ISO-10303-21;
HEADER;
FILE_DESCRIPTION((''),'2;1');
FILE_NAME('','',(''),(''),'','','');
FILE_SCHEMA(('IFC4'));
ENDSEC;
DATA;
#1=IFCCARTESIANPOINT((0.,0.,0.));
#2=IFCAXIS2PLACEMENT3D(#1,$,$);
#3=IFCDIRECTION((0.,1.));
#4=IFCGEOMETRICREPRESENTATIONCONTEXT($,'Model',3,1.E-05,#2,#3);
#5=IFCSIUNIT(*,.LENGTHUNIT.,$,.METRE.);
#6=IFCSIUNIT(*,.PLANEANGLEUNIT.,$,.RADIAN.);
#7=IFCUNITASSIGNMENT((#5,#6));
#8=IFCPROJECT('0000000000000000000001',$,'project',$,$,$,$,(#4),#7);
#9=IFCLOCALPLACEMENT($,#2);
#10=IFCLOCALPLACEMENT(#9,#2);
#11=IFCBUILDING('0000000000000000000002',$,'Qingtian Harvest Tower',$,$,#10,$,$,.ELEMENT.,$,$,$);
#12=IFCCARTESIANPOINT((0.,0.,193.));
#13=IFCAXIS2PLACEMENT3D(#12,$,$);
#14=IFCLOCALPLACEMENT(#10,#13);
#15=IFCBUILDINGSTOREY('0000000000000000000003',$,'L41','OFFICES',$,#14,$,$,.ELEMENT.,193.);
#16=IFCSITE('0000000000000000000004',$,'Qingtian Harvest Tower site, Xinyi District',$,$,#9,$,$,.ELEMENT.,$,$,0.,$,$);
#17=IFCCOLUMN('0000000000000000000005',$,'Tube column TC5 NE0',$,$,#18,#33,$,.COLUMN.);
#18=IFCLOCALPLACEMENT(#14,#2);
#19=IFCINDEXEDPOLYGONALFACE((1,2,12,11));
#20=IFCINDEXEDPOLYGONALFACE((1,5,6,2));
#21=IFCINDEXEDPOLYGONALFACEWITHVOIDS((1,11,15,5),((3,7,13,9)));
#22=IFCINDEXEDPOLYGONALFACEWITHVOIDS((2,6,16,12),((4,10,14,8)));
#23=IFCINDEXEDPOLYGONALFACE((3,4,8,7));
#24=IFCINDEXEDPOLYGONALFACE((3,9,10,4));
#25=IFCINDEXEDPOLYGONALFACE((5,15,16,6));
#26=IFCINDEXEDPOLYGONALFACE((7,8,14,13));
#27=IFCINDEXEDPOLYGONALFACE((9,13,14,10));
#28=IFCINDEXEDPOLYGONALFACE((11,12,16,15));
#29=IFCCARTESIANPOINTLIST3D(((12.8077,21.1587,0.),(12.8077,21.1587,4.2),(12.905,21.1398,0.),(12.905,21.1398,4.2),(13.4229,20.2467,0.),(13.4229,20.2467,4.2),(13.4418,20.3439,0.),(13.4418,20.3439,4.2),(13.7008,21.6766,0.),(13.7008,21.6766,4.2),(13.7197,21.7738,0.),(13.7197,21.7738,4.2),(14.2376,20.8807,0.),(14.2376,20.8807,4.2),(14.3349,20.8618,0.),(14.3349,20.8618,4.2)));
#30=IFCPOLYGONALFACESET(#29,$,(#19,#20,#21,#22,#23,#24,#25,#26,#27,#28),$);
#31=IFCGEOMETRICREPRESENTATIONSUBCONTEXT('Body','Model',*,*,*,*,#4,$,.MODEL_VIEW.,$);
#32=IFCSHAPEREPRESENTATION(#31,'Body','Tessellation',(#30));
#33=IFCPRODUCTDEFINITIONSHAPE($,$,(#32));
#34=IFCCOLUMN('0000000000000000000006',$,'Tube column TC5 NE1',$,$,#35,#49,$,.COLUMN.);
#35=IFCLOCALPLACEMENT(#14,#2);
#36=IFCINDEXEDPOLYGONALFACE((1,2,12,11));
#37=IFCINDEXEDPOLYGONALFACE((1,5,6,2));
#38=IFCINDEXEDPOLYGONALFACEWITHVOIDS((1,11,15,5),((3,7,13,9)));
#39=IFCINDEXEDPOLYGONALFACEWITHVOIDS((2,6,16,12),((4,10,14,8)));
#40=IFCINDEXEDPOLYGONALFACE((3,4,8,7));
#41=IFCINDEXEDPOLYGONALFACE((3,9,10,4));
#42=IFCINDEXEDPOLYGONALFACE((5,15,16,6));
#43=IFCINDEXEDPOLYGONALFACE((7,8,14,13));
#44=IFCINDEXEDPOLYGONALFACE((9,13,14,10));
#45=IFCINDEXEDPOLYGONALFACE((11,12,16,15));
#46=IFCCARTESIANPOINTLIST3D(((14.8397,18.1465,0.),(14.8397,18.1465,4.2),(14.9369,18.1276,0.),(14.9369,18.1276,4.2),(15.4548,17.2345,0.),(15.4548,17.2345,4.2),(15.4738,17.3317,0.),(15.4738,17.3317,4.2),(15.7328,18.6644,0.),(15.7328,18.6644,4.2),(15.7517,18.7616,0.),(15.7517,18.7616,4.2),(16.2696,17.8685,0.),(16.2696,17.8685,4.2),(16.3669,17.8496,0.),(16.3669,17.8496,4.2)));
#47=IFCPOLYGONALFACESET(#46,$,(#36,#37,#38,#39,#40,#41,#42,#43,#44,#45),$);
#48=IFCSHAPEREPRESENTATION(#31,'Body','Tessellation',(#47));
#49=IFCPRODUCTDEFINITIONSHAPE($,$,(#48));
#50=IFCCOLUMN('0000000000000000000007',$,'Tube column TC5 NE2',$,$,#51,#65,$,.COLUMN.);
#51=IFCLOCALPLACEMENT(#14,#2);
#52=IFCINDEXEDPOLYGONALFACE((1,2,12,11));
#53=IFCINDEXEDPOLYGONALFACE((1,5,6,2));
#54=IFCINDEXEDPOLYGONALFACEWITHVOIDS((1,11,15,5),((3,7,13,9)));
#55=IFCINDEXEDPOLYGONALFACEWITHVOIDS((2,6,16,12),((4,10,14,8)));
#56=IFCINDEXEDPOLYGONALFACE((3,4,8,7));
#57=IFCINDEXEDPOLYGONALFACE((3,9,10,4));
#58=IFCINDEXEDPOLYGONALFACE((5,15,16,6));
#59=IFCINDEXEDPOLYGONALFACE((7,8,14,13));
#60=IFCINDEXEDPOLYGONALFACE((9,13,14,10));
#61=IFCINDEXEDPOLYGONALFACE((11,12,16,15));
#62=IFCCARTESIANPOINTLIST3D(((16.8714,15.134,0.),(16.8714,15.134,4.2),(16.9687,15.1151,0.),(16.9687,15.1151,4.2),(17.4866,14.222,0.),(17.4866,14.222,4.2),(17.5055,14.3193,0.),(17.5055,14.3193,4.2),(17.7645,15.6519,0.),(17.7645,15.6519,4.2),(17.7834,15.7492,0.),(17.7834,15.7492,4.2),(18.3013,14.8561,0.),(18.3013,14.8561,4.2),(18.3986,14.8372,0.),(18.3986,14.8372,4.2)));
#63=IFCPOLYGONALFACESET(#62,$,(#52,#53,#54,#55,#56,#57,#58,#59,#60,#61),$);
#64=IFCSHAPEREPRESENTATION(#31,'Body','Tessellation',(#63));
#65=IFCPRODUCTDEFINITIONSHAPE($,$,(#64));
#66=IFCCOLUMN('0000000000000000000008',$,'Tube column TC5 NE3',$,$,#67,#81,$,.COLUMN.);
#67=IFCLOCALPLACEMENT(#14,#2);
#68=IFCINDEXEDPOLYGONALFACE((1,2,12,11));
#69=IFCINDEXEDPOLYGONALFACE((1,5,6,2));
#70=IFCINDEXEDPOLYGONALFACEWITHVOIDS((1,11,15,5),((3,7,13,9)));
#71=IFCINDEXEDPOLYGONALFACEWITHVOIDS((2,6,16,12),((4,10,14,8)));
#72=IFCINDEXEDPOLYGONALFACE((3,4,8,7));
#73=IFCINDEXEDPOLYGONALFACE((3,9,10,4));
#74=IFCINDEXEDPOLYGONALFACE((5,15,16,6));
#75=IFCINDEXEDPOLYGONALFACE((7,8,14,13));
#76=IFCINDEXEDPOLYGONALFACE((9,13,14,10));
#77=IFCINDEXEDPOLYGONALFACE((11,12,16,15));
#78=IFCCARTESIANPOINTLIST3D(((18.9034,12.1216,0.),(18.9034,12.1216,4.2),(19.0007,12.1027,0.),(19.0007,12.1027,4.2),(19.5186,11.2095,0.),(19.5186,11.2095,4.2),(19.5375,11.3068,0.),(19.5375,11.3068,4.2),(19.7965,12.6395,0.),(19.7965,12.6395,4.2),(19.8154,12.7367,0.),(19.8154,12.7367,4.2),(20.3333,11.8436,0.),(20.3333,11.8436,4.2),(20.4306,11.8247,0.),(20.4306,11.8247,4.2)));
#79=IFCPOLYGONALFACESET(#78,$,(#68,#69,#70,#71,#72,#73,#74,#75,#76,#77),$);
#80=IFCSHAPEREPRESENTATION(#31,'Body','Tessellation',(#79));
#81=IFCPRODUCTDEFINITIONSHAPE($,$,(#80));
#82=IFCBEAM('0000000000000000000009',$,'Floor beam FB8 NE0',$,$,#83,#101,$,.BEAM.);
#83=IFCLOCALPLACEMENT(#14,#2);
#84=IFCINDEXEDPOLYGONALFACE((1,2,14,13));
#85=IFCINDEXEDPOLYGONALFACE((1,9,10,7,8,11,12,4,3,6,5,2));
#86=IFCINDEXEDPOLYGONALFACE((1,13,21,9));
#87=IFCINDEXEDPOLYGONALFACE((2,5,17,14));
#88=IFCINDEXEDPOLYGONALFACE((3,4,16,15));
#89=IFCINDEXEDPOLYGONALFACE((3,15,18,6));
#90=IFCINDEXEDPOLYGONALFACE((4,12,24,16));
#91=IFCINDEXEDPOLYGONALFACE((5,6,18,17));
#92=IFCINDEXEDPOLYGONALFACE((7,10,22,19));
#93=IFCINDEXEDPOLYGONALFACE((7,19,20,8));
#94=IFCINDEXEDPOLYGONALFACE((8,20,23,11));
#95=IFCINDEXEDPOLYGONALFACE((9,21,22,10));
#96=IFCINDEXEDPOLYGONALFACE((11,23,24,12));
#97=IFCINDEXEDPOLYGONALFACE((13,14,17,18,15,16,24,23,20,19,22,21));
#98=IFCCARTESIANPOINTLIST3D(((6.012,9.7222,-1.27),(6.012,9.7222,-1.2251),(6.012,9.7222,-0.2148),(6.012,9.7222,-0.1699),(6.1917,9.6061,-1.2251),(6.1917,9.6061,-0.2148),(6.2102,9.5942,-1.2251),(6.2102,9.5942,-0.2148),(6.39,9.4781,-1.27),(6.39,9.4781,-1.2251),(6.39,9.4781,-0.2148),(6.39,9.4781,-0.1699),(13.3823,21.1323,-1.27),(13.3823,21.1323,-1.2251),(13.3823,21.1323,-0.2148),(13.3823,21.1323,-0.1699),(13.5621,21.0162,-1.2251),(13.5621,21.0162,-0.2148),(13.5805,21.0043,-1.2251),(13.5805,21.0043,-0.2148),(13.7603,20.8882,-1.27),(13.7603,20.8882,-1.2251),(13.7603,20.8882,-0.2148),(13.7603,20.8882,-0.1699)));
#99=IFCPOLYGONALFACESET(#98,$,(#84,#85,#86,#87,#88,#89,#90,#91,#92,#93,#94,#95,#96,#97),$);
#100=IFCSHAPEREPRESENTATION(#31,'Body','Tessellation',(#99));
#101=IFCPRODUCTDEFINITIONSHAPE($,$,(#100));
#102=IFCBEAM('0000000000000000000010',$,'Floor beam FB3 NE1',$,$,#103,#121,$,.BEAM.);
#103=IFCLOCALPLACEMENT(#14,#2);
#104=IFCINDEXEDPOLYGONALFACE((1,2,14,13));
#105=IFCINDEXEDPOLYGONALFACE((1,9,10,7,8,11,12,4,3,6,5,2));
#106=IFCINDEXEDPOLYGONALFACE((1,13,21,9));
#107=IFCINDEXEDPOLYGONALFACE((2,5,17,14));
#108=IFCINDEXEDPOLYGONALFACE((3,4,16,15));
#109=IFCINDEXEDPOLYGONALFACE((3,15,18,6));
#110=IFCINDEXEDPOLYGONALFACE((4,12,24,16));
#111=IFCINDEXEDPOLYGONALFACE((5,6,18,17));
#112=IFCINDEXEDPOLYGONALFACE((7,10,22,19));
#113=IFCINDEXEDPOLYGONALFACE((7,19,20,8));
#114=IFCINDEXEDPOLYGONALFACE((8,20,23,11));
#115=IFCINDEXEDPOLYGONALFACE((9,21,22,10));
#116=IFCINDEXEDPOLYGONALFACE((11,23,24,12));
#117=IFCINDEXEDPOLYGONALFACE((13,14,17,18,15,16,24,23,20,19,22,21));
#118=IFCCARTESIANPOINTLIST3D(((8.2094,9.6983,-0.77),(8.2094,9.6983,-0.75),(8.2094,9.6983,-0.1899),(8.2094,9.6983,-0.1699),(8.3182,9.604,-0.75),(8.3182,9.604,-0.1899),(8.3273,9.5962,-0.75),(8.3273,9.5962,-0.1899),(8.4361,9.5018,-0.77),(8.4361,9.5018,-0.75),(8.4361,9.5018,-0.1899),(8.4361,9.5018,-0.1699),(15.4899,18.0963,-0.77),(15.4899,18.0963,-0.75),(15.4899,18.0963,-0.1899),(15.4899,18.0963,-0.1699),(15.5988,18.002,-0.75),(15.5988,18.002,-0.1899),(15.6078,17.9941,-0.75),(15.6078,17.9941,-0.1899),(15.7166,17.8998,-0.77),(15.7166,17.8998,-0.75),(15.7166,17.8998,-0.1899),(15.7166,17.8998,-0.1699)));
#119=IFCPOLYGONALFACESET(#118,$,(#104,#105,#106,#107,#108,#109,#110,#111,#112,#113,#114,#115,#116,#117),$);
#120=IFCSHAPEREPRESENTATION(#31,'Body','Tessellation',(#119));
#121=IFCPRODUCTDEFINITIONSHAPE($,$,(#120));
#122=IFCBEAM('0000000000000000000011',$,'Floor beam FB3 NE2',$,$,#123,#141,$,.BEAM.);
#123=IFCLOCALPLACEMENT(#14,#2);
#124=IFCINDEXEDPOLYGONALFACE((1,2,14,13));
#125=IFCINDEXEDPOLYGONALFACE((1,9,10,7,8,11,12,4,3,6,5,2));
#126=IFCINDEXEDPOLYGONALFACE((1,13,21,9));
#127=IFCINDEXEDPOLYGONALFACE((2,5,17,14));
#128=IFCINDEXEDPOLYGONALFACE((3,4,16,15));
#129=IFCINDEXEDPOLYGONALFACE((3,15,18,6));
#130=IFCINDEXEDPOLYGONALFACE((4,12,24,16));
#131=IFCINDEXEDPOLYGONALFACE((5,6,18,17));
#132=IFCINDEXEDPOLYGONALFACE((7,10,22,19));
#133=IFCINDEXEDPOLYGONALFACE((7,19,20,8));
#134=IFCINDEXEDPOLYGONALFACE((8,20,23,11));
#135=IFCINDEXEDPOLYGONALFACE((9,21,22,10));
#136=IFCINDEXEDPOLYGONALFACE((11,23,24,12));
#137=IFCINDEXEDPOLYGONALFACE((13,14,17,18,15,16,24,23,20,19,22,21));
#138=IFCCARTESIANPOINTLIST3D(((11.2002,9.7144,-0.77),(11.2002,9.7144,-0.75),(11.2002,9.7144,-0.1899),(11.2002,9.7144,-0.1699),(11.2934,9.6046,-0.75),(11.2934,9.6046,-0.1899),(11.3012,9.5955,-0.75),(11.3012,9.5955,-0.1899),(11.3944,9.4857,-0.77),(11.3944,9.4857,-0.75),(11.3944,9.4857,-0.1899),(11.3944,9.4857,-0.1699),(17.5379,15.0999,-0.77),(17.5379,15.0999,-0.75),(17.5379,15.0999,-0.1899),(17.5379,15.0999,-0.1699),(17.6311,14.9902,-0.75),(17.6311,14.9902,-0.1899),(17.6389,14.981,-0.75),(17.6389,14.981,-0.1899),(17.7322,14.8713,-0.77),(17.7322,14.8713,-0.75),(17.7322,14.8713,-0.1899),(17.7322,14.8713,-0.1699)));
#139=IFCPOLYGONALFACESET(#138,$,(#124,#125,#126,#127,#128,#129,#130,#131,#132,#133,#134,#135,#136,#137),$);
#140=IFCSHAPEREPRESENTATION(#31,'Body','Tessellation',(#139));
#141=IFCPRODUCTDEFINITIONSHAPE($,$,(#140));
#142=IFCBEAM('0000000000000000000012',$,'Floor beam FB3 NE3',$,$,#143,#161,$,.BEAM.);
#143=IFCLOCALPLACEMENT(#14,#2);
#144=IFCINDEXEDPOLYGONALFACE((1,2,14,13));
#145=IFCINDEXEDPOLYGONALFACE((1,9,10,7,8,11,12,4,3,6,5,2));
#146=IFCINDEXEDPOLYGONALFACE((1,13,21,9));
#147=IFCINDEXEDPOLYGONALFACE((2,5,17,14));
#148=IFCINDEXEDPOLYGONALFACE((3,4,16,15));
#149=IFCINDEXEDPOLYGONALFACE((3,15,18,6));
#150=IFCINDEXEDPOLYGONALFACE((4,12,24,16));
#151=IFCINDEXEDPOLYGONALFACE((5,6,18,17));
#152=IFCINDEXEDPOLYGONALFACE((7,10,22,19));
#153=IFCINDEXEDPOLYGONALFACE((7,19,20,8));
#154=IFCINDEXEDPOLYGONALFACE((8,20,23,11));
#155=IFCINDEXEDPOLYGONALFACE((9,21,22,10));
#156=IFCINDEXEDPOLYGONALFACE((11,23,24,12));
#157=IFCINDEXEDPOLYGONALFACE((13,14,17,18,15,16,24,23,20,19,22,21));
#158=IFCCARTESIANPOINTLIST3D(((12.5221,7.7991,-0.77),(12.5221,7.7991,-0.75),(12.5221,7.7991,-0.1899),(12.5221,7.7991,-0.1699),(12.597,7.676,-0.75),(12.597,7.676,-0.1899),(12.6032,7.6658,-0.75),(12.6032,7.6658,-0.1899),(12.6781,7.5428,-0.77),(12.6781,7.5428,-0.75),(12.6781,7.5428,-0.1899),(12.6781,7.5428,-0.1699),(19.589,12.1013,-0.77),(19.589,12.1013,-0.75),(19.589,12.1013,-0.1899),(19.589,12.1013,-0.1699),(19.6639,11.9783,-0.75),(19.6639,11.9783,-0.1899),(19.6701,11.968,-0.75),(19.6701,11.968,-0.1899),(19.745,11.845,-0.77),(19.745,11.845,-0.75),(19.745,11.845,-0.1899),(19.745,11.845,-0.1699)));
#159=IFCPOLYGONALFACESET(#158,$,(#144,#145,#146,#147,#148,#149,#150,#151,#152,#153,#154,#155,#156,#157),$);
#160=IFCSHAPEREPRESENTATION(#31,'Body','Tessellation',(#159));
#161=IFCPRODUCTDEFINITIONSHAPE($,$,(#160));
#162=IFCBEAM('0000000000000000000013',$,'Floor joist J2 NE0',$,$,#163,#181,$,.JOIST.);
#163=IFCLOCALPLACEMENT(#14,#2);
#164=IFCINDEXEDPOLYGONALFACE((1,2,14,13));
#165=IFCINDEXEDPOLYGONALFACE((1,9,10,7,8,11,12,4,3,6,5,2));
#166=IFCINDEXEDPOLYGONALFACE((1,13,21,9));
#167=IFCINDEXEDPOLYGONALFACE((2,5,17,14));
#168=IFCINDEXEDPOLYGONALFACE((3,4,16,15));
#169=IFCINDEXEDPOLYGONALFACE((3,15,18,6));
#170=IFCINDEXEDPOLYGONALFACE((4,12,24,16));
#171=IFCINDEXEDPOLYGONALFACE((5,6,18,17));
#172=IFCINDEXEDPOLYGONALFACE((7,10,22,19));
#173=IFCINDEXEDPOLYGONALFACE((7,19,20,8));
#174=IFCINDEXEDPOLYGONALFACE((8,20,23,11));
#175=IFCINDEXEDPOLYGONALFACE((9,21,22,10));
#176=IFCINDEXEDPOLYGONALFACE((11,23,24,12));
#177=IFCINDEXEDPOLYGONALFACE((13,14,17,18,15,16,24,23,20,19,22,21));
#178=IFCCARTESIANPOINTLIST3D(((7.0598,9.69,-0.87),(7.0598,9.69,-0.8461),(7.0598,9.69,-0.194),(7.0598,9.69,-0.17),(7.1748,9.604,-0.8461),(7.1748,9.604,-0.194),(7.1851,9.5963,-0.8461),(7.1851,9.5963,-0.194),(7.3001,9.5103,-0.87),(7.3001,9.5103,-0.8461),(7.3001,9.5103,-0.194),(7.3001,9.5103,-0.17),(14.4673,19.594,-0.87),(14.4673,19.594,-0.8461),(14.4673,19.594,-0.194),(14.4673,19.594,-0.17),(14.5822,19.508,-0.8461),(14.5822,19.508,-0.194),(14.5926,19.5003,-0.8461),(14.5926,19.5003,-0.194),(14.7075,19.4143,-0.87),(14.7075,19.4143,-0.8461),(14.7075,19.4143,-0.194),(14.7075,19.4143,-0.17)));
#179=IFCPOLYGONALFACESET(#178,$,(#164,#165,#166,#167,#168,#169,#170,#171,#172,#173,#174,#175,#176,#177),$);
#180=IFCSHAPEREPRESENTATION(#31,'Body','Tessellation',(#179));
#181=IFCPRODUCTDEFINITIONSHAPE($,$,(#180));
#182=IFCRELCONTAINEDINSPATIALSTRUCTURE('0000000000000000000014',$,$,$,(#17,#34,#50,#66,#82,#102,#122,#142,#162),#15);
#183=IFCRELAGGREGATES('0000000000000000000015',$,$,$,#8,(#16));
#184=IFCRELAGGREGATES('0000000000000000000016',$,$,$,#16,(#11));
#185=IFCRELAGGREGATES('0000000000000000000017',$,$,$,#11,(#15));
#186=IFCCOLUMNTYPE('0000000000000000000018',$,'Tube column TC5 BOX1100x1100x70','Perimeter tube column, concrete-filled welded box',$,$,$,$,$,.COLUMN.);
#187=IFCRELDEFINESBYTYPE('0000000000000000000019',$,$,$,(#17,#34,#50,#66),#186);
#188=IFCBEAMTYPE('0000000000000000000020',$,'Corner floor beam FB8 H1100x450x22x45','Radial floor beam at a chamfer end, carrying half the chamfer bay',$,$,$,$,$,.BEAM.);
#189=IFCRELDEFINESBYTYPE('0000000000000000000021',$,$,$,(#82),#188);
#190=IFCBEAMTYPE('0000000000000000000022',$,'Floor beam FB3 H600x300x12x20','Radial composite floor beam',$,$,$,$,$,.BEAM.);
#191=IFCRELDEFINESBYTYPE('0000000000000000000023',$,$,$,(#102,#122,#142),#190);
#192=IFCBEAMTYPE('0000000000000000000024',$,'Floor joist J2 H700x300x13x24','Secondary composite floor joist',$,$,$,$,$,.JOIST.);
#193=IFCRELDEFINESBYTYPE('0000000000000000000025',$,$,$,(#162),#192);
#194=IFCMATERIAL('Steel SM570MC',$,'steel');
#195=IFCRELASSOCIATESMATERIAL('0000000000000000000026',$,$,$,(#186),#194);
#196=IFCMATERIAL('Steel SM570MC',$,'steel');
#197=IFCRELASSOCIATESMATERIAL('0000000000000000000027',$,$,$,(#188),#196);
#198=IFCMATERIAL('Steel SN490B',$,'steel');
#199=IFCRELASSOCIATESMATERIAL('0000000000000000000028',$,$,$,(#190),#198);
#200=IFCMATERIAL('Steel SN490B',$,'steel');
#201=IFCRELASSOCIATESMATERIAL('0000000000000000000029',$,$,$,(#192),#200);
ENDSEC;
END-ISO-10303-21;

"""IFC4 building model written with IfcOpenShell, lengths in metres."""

from ifc_helpers import new_model, si_unit, direction, frame, origin, origin_2d, place, context, subcontext, project, spatial, hollow_rectangle, i_section, extrude, material, material_profile, profile_set, type_object, element, save


model = new_model("IFC4")

# Units and contexts
model_context = context("Model", 3, precision=1e-05, world=origin(), true_north=direction((0.0, 1.0)))
body_context = subcontext(model_context, "Body", "Model", "MODEL_VIEW")
ifc_project = project(units=[si_unit("LENGTHUNIT", "METRE"), si_unit("PLANEANGLEUNIT", "RADIAN")], contexts=[model_context])

# Site, building, storey
site_placement = place(None, origin())
site = spatial("IfcSite", under=ifc_project, at=site_placement, Name="Qingtian Harvest Tower site, Xinyi District", CompositionType="ELEMENT", RefElevation=0.0)
building_placement = place(site_placement, origin())
building = spatial("IfcBuilding", under=site, at=building_placement, Name="Qingtian Harvest Tower", CompositionType="ELEMENT")
storey_placement = place(building_placement, frame((0.0, 0.0, 193.0)))
storey = spatial("IfcBuildingStorey", under=building, at=storey_placement, Name="L41", Description="OFFICES", CompositionType="ELEMENT", Elevation=193.0)

# Columns
ifc_material_1 = material(Name="Steel SM570MC", Category="steel")
ifc_material_profile_1 = material_profile(ifc_material_1, hollow_rectangle(XDim=1.1001, YDim=1.1001, WallThickness=0.0701, at=origin_2d()), Name="BOX1100x1100x70")
ifc_profile_set_1 = profile_set([ifc_material_profile_1], Name="Steel SM570MC")
column_type = type_object("IfcColumnType", Name="Tube column TC5 BOX1100x1100x70", Description="Perimeter tube column, concrete-filled welded box", PredefinedType="COLUMN", material=ifc_profile_set_1)
for number, where, z_axis, x_axis, name in (
    (1, (13.5713, 21.0103, 0.0), (0.0, 0.0, 1.0), (-0.559193, 0.829038, 0.0), "Tube column TC5 NE0"),
    (2, (15.6033, 17.998, 0.0), (0.0, 0.0, 1.0), (-0.559193, 0.829038, 0.0), "Tube column TC5 NE1"),
    (3, (17.635, 14.9856, 0.0), (0.0, 0.0, 1.0), (-0.559193, 0.829038, 0.0), "Tube column TC5 NE2"),
    (4, (19.667, 11.9731, 0.0), (0.0, 0.0, 1.0), (-0.559193, 0.829038, 0.0), "Tube column TC5 NE3"),
):
    element("IfcColumn", number, at=place(storey_placement, frame(where, z_axis=z_axis, x_axis=x_axis)), inside=storey, type_object=column_type, Name=name, PredefinedType="COLUMN", context=body_context, shape_type="SweptSolid", body=[
        extrude(hollow_rectangle(XDim=1.1001, YDim=1.1001, WallThickness=0.0701, at=origin_2d()), origin(), (0.0, 0.0, 1.0), 4.2),
    ])

# Beams
ifc_material_2 = material(Name="Steel SM570MC", Category="steel")
ifc_material_profile_2 = material_profile(ifc_material_2, i_section(OverallWidth=0.45, OverallDepth=1.1001, WebThickness=0.022, FlangeThickness=0.0449, at=origin_2d()), Name="H1100x450x22x45")
ifc_profile_set_2 = profile_set([ifc_material_profile_2], Name="Steel SM570MC")
beam_type_1 = type_object("IfcBeamType", Name="Corner floor beam FB8 H1100x450x22x45", Description="Radial floor beam at a chamfer end, carrying half the chamfer bay", PredefinedType="BEAM", material=ifc_profile_set_2)
beam_1_placement = place(storey_placement, frame((13.5713, 21.0103, -0.72), z_axis=(-0.542593, -0.839996, 0.0), x_axis=(0.839996, -0.542593, 0.0)))
element("IfcBeam", 5, at=beam_1_placement, inside=storey, type_object=beam_type_1, Name="Floor beam FB8 NE0", PredefinedType="BEAM", context=body_context, shape_type="SweptSolid", body=[
    extrude(i_section(OverallWidth=0.45, OverallDepth=1.1001, WebThickness=0.022, FlangeThickness=0.0449, at=origin_2d()), origin(), (0.0, 0.0, 1.0), 13.5835),
])
ifc_material_3 = material(Name="Steel SN490B", Category="steel")
ifc_material_profile_3 = material_profile(ifc_material_3, i_section(OverallWidth=0.3, OverallDepth=0.6001, WebThickness=0.012, FlangeThickness=0.02, at=origin_2d()), Name="H600x300x12x20")
ifc_profile_set_3 = profile_set([ifc_material_profile_3], Name="Steel SN490B")
beam_type_2 = type_object("IfcBeamType", Name="Floor beam FB3 H600x300x12x20", Description="Radial composite floor beam", PredefinedType="BEAM", material=ifc_profile_set_3)
beam_2_placement = place(storey_placement, frame((15.6033, 17.998, -0.47), z_axis=(-0.655048, -0.755587, 0.0), x_axis=(0.755587, -0.655048, 0.0)))
element("IfcBeam", 6, at=beam_2_placement, inside=storey, type_object=beam_type_2, Name="Floor beam FB3 NE1", PredefinedType="BEAM", context=body_context, shape_type="SweptSolid", body=[
    extrude(i_section(OverallWidth=0.3, OverallDepth=0.6001, WebThickness=0.012, FlangeThickness=0.02, at=origin_2d()), origin(), (0.0, 0.0, 1.0), 11.1145),
])
beam_3_placement = place(storey_placement, frame((17.635, 14.9856, -0.47), z_axis=(-0.762028, -0.647544, 0.0), x_axis=(0.647544, -0.762028, 0.0)))
element("IfcBeam", 7, at=beam_3_placement, inside=storey, type_object=beam_type_2, Name="Floor beam FB3 NE2", PredefinedType="BEAM", context=body_context, shape_type="SweptSolid", body=[
    extrude(i_section(OverallWidth=0.3, OverallDepth=0.6001, WebThickness=0.012, FlangeThickness=0.02, at=origin_2d()), origin(), (0.0, 0.0, 1.0), 8.3169),
])
beam_4_placement = place(storey_placement, frame((19.667, 11.9731, -0.47), z_axis=(-0.854163, -0.520005, 0.0), x_axis=(0.520005, -0.854163, 0.0)))
element("IfcBeam", 8, at=beam_4_placement, inside=storey, type_object=beam_type_2, Name="Floor beam FB3 NE3", PredefinedType="BEAM", context=body_context, shape_type="SweptSolid", body=[
    extrude(i_section(OverallWidth=0.3, OverallDepth=0.6001, WebThickness=0.012, FlangeThickness=0.02, at=origin_2d()), origin(), (0.0, 0.0, 1.0), 8.2734),
])
ifc_material_4 = material(Name="Steel SN490B", Category="steel")
ifc_material_profile_4 = material_profile(ifc_material_4, i_section(OverallWidth=0.3, OverallDepth=0.7, WebThickness=0.0129, FlangeThickness=0.0239, at=origin_2d()), Name="H700x300x13x24")
ifc_profile_set_4 = profile_set([ifc_material_profile_4], Name="Steel SN490B")
beam_type_3 = type_object("IfcBeamType", Name="Floor joist J2 H700x300x13x24", Description="Secondary composite floor joist", PredefinedType="JOIST", material=ifc_profile_set_4)
beam_5_placement = place(storey_placement, frame((14.5874, 19.5042, -0.52), z_axis=(-0.598935, -0.800798, 0.0), x_axis=(0.800798, -0.598935, 0.0)))
element("IfcBeam", 9, at=beam_5_placement, inside=storey, type_object=beam_type_3, Name="Floor joist J2 NE0", PredefinedType="JOIST", context=body_context, shape_type="SweptSolid", body=[
    extrude(i_section(OverallWidth=0.3, OverallDepth=0.7, WebThickness=0.0129, FlangeThickness=0.0239, at=origin_2d()), origin(), (0.0, 0.0, 1.0), 12.3677),
])

save(model, "model.ifc")
